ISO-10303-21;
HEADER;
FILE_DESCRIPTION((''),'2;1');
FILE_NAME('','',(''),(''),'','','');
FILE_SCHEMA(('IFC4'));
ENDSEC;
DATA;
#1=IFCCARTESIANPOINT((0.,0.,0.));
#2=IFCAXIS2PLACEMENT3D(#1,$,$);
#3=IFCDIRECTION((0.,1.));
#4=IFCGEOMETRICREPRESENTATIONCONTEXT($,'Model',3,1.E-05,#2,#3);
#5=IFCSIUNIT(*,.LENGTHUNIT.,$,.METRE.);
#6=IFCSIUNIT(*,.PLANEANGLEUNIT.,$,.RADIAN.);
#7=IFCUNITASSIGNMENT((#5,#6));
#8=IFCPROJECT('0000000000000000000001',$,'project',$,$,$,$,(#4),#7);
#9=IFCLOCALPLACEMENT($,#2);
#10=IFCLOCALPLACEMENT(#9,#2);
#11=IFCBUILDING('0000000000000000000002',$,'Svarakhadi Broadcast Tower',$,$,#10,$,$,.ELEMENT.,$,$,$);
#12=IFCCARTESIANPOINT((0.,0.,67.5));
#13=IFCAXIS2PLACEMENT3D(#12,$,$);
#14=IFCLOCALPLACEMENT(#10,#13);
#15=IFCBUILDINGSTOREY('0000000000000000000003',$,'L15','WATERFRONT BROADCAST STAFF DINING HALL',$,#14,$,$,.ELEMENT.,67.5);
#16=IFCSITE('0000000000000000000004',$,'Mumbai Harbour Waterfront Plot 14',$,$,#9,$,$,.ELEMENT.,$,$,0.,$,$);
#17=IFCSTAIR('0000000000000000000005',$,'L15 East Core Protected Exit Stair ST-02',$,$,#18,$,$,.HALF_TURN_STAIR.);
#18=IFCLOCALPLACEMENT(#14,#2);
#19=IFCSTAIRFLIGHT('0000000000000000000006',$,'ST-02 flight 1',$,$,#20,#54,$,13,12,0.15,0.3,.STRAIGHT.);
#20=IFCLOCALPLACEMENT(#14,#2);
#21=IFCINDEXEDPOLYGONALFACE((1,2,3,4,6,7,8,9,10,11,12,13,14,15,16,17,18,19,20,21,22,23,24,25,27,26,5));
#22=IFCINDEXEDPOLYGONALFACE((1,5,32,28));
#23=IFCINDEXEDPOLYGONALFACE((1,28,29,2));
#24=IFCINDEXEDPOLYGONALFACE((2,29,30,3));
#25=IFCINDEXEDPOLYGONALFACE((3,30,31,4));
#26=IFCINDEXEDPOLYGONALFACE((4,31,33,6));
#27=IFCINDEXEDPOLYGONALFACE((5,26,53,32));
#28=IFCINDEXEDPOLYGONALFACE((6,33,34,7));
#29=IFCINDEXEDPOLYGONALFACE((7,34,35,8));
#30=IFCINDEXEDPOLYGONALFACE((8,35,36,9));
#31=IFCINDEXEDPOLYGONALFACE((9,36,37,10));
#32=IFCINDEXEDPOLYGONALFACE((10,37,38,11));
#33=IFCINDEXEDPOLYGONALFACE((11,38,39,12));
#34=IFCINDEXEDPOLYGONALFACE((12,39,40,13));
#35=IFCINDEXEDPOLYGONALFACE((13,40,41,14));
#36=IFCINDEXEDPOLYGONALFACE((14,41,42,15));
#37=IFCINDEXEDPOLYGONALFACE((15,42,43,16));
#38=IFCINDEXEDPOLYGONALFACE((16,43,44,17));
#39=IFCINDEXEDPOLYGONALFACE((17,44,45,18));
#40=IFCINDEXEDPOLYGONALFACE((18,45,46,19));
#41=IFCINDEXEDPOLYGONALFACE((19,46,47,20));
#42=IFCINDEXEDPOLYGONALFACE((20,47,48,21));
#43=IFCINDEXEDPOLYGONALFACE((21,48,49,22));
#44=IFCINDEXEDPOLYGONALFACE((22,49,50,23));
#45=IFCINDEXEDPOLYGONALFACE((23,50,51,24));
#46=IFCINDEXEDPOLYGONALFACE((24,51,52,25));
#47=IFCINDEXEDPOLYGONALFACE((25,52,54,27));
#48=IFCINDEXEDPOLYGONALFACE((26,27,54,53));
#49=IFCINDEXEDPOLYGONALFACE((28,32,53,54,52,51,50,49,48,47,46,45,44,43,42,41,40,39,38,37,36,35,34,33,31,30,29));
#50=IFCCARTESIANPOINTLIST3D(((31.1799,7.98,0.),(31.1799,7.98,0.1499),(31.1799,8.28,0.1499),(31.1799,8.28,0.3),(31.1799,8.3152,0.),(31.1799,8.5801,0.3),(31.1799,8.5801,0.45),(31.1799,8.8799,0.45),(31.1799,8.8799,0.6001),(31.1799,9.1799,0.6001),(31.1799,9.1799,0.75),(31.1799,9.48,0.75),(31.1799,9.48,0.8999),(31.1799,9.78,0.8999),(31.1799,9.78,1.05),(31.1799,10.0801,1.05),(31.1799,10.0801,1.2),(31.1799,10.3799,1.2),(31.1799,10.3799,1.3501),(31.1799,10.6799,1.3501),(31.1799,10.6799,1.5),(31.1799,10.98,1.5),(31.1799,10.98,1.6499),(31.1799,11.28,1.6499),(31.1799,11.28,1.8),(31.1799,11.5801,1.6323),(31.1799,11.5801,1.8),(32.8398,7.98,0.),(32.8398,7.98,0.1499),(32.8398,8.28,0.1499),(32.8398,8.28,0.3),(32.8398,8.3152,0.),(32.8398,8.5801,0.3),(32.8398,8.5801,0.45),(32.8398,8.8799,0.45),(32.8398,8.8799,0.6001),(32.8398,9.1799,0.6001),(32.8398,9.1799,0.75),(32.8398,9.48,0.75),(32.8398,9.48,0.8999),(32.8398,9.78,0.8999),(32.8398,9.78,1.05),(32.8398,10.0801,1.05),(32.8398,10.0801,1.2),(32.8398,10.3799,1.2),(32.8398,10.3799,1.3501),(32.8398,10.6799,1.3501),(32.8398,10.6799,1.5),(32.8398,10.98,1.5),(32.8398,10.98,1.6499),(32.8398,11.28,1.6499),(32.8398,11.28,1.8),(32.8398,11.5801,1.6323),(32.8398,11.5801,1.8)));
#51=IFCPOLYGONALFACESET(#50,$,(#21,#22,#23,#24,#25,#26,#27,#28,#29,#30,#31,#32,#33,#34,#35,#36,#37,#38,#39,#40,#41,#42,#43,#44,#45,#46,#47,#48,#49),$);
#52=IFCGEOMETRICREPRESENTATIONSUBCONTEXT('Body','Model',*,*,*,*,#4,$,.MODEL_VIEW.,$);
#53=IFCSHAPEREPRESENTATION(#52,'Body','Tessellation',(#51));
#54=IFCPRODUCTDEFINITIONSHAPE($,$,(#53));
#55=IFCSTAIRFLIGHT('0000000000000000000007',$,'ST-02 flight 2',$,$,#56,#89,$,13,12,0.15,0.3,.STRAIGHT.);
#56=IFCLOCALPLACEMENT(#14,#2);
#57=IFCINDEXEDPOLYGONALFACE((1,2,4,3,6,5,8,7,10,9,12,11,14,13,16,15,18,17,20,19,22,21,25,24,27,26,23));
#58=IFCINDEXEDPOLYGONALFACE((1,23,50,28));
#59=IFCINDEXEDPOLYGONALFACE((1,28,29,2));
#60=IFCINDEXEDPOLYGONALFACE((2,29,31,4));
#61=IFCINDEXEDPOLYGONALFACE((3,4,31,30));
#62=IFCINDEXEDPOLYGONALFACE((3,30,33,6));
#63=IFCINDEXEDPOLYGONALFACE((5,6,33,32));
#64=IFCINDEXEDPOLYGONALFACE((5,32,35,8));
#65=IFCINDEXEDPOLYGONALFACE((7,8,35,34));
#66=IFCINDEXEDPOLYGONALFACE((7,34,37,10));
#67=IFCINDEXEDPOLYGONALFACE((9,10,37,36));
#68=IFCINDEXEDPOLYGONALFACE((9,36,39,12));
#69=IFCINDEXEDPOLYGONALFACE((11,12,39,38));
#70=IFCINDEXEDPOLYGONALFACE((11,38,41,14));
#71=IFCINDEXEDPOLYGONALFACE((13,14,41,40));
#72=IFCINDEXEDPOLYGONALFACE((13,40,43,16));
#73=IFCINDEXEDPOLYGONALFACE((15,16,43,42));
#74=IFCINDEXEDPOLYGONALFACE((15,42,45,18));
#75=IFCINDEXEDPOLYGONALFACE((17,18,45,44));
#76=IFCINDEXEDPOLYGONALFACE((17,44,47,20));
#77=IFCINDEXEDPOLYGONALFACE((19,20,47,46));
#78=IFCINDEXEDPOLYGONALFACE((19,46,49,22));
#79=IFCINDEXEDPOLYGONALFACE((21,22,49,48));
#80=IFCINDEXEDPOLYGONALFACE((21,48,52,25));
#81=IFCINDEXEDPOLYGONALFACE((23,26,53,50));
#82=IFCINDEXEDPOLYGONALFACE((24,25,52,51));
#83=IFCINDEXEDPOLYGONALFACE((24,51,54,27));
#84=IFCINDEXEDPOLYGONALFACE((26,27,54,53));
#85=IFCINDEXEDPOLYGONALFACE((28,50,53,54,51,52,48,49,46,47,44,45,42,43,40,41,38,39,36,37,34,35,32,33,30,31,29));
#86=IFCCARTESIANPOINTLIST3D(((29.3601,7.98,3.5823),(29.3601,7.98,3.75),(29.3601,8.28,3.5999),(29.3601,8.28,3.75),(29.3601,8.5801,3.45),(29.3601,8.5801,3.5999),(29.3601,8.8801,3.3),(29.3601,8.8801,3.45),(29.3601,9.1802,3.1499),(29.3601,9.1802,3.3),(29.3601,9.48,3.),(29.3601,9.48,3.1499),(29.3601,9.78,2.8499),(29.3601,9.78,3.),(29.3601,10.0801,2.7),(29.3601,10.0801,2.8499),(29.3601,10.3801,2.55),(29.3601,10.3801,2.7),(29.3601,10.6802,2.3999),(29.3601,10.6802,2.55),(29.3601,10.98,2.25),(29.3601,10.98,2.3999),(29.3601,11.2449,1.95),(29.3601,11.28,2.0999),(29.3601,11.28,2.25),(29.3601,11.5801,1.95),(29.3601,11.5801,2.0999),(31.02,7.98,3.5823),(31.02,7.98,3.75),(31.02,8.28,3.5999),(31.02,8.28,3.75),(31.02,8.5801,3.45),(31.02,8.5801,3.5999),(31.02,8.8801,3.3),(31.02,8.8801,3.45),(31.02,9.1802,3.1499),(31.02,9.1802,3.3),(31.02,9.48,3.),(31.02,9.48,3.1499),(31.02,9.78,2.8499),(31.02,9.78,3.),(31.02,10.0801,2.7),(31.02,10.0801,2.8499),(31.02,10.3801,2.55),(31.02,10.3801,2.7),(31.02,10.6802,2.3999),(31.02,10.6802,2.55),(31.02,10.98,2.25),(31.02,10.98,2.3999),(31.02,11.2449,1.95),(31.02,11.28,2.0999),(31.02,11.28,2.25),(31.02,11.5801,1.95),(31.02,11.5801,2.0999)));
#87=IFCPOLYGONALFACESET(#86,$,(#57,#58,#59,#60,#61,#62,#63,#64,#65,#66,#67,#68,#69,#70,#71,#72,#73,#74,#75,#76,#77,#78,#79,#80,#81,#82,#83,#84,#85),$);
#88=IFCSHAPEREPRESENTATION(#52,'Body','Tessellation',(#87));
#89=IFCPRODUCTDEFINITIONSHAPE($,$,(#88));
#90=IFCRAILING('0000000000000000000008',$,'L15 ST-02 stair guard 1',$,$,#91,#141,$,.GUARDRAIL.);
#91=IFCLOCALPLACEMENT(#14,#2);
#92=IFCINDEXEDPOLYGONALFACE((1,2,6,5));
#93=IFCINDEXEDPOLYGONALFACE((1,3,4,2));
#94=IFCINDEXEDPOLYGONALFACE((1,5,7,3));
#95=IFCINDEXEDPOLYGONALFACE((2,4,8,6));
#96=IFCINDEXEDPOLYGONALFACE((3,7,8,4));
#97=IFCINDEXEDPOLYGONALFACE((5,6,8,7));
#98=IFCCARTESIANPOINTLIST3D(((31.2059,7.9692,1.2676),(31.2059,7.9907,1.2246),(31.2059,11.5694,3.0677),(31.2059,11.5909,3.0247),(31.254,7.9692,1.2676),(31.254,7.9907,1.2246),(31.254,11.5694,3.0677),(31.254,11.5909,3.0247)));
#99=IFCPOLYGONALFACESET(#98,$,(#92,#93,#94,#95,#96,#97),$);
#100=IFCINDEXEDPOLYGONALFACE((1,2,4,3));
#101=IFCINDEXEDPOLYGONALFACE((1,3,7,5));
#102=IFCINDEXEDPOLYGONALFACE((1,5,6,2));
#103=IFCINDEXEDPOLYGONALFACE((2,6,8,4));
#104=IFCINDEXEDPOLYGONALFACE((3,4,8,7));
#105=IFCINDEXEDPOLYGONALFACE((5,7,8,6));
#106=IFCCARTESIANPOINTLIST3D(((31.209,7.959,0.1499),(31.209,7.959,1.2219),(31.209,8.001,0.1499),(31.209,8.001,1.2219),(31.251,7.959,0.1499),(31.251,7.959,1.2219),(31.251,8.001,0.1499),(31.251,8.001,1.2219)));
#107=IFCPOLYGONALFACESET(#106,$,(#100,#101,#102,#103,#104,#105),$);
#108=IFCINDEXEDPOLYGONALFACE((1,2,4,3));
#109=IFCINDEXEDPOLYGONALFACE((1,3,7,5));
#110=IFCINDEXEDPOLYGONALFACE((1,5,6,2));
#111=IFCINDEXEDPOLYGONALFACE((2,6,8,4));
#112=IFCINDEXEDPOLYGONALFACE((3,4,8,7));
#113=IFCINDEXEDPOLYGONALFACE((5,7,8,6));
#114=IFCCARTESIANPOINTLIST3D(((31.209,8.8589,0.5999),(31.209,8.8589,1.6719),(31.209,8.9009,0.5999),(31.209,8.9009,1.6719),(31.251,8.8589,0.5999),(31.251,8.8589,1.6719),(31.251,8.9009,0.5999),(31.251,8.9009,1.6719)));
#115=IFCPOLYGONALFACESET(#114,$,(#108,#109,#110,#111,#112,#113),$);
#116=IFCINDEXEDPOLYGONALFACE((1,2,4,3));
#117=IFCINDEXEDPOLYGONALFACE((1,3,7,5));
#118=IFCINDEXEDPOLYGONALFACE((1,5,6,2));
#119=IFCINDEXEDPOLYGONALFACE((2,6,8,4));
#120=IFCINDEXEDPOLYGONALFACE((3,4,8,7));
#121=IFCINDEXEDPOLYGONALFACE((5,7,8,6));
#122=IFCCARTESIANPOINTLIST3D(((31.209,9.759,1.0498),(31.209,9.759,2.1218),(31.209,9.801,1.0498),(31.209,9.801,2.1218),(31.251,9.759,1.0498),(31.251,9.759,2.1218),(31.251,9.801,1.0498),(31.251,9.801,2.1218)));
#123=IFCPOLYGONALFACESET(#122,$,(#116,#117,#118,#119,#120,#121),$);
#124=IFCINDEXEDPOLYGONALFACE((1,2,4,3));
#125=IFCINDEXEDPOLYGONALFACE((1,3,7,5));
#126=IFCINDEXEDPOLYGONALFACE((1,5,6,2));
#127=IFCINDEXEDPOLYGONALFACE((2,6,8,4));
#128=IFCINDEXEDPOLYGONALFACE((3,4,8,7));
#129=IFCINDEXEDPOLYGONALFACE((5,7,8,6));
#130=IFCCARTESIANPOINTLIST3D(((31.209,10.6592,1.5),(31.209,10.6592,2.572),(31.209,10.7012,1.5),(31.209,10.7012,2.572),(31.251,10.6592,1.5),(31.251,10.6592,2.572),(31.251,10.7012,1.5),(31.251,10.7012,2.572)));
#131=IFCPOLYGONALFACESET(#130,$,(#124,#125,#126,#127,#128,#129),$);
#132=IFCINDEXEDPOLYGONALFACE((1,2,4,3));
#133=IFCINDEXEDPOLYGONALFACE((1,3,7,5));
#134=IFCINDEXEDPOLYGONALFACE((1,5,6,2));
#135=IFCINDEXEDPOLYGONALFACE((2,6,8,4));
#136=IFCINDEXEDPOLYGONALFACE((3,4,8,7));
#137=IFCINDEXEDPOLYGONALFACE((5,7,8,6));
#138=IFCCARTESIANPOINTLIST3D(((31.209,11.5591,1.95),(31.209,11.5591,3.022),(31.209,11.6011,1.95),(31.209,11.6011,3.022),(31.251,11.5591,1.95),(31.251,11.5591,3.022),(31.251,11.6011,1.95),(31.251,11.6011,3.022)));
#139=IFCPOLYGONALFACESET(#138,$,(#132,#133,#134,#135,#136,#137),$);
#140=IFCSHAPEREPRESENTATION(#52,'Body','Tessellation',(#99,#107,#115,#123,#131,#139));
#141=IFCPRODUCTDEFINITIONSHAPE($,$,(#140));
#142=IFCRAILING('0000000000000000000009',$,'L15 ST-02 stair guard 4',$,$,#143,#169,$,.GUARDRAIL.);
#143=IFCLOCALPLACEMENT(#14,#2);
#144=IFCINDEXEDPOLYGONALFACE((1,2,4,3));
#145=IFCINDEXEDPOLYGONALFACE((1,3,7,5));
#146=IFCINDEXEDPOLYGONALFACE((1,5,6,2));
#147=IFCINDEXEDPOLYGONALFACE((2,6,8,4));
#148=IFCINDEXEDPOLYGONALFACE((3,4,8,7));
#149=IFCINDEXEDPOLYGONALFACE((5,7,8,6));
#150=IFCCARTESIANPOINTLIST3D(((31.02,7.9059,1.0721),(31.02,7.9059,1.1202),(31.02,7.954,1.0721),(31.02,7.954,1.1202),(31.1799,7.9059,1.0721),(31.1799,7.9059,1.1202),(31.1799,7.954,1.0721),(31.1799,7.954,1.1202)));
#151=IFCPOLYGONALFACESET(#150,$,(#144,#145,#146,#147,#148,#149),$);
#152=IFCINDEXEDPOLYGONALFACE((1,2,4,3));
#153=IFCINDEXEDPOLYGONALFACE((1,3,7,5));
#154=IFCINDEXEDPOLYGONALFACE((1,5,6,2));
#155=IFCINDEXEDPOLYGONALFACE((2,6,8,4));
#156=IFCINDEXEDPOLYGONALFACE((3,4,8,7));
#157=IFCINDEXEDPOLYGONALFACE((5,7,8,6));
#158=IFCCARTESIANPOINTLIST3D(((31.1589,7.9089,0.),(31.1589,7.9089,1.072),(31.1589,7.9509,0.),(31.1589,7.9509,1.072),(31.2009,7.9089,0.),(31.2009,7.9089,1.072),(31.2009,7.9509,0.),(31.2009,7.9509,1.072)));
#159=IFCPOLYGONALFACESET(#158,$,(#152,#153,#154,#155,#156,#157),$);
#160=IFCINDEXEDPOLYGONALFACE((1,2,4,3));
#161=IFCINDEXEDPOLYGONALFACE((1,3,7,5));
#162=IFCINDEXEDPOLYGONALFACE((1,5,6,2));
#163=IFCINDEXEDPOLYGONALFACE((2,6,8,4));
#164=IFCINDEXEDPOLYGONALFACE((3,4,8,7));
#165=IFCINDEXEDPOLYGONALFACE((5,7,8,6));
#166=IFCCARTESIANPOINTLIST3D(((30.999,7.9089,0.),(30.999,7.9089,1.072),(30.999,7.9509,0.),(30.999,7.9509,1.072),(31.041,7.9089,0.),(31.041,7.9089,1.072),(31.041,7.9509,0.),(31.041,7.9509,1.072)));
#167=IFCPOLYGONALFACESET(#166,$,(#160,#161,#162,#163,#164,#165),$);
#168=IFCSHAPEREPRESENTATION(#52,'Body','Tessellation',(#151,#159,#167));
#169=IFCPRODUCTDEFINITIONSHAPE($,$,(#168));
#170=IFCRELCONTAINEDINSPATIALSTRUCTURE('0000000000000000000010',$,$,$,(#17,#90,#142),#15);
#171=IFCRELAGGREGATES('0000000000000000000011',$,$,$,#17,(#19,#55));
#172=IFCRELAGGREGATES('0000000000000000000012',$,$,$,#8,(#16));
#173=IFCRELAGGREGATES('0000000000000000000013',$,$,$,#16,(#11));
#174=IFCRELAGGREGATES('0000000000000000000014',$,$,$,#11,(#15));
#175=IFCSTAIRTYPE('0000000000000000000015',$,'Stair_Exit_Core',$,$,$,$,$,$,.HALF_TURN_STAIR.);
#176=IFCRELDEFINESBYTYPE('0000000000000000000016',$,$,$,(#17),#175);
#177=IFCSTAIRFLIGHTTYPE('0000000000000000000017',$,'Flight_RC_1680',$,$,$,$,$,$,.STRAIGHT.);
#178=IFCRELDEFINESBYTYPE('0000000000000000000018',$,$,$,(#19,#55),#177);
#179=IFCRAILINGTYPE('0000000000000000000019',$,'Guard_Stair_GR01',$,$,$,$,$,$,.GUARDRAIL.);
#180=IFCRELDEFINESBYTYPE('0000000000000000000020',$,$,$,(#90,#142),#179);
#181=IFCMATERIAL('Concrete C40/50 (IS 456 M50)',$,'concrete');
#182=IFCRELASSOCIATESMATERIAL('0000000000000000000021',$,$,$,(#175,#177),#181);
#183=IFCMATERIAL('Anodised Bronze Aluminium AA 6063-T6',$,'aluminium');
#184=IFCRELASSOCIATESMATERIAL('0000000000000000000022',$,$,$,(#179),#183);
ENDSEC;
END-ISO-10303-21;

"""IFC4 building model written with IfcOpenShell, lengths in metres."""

from ifc_helpers import new_model, si_unit, direction, frame, origin, origin_2d, place, context, subcontext, project, spatial, polyline, rectangle, outline, extrude, material, type_object, element, aggregate, save


model = new_model("IFC4")

# Units and contexts
model_context = context("Model", 3, precision=1e-05, world=origin(), true_north=direction((0.0, 1.0)))
body_context = subcontext(model_context, "Body", "Model", "MODEL_VIEW")
ifc_project = project(units=[si_unit("LENGTHUNIT", "METRE"), si_unit("PLANEANGLEUNIT", "RADIAN")], contexts=[model_context])

# Site, building, storey
site_placement = place(None, origin())
site = spatial("IfcSite", under=ifc_project, at=site_placement, Name="Mumbai Harbour Waterfront Plot 14", CompositionType="ELEMENT", RefElevation=0.0)
building_placement = place(site_placement, origin())
building = spatial("IfcBuilding", under=site, at=building_placement, Name="Svarakhadi Broadcast Tower", CompositionType="ELEMENT")
storey_placement = place(building_placement, frame((0.0, 0.0, 67.5)))
storey = spatial("IfcBuildingStorey", under=building, at=storey_placement, Name="L15", Description="WATERFRONT BROADCAST STAFF DINING HALL", CompositionType="ELEMENT", Elevation=67.5)

# Shared definitions
ifc_material_1 = material(Name="Anodised Bronze Aluminium AA 6063-T6", Category="aluminium")

# Shared definitions
ifc_material_2 = material(Name="Concrete C40/50 (IS 456 M50)", Category="concrete")

# Stair, stair flights
stair_type = type_object("IfcStairType", Name="Stair_Exit_Core", PredefinedType="HALF_TURN_STAIR", material=ifc_material_2)
stair_placement = place(storey_placement, origin())
stair = element("IfcStair", 1, at=stair_placement, inside=storey, type_object=stair_type, Name="L15 East Core Protected Exit Stair ST-02", PredefinedType="HALF_TURN_STAIR")
stair_flight_type = type_object("IfcStairFlightType", Name="Flight_RC_1680", PredefinedType="STRAIGHT", material=ifc_material_2)
stair_flight_1_placement = place(storey_placement, frame((32.01, 7.98, 0.0), z_axis=(0.0, 0.0, 1.0), x_axis=(0.0, 1.0, 0.0)))
stair_flight_1 = element("IfcStairFlight", 2, at=stair_flight_1_placement, type_object=stair_flight_type, Name="ST-02 flight 1", NumberOfRisers=13, NumberOfTreads=12, PredefinedType="STRAIGHT", RiserHeight=0.15, TreadLength=0.3, context=body_context, shape_type="SweptSolid", body=[
    extrude(outline(polyline([(0.0, 0.0), (0.0, 0.1499), (0.3, 0.1499), (0.3, 0.3), (0.6001, 0.3), (0.6001, 0.45), (0.8999, 0.45), (0.8999, 0.6001), (1.2, 0.6001), (1.2, 0.75), (1.5, 0.75), (1.5, 0.8999), (1.8, 0.8999), (1.8, 1.05), (2.1001, 1.05), (2.1001, 1.2), (2.3999, 1.2), (2.3999, 1.3501), (2.7, 1.3501), (2.7, 1.5), (3.0, 1.5), (3.0, 1.6499), (3.3, 1.6499), (3.3, 1.8), (3.6001, 1.8), (3.6001, 1.95), (3.6001, 1.6323), (0.3352, 0.0), (0.0, 0.0)])), frame((0.0, 0.8301, 0.0), z_axis=(0.0, -1.0, 0.0), x_axis=(1.0, 0.0, 0.0)), (0.0, 0.0, 1.0), 1.6599),
])
stair_flight_2_placement = place(storey_placement, frame((30.1899, 11.5801, 1.95), z_axis=(0.0, 0.0, 1.0), x_axis=(0.0, -1.0, 0.0)))
stair_flight_2 = element("IfcStairFlight", 3, at=stair_flight_2_placement, type_object=stair_flight_type, Name="ST-02 flight 2", NumberOfRisers=13, NumberOfTreads=12, PredefinedType="STRAIGHT", RiserHeight=0.15, TreadLength=0.3, context=body_context, shape_type="SweptSolid", body=[
    extrude(outline(polyline([(0.0, 0.0), (0.0, 0.1499), (0.3, 0.1499), (0.3, 0.3), (0.6001, 0.3), (0.6001, 0.45), (0.8999, 0.45), (0.8999, 0.6001), (1.2, 0.6001), (1.2, 0.75), (1.5, 0.75), (1.5, 0.8999), (1.8, 0.8999), (1.8, 1.05), (2.1001, 1.05), (2.1001, 1.2), (2.3999, 1.2), (2.3999, 1.3501), (2.7, 1.3501), (2.7, 1.5), (3.0, 1.5), (3.0, 1.6499), (3.3, 1.6499), (3.3, 1.8), (3.6001, 1.8), (3.6001, 1.95), (3.6001, 1.6323), (0.3352, 0.0), (0.0, 0.0)])), frame((0.0, 0.8301, 0.0), z_axis=(0.0, -1.0, 0.0), x_axis=(1.0, 0.0, 0.0)), (0.0, 0.0, 1.0), 1.6599),
])
aggregate(stair, [stair_flight_1, stair_flight_2])

# Railings
railing_type_1 = type_object("IfcRailingType", Name="Guard_Stair_GR01", PredefinedType="GUARDRAIL", material=ifc_material_1)
railing_1_placement = place(storey_placement, frame((31.23, 7.98, 0.1499)))
element("IfcRailing", 4, at=railing_1_placement, inside=storey, type_object=railing_type_1, Name="L15 ST-02 stair guard 1", PredefinedType="GUARDRAIL", context=body_context, shape_type="SweptSolid", body=[
    extrude(rectangle(XDim=0.0481, YDim=0.0481, at=origin_2d()), frame((0.0, 0.0, 1.0962), z_axis=(0.0, 0.894427, 0.447214), x_axis=(-1.0, 0.0, 0.0)), (0.0, 0.0, 1.0), 4.0251),
    extrude(rectangle(XDim=0.042, YDim=0.042, at=origin_2d()), origin(), (0.0, 0.0, 1.0), 1.072),
    extrude(rectangle(XDim=0.042, YDim=0.042, at=origin_2d()), frame((0.0, 0.8999, 0.45)), (0.0, 0.0, 1.0), 1.072),
    extrude(rectangle(XDim=0.042, YDim=0.042, at=origin_2d()), frame((0.0, 1.8, 0.8999)), (0.0, 0.0, 1.0), 1.072),
    extrude(rectangle(XDim=0.042, YDim=0.042, at=origin_2d()), frame((0.0, 2.7002, 1.3501)), (0.0, 0.0, 1.0), 1.072),
    extrude(rectangle(XDim=0.042, YDim=0.042, at=origin_2d()), frame((0.0, 3.6001, 1.8)), (0.0, 0.0, 1.0), 1.072),
])
railing_2_placement = place(storey_placement, frame((31.1799, 7.9299, 0.0)))
element("IfcRailing", 5, at=railing_2_placement, inside=storey, type_object=railing_type_1, Name="L15 ST-02 stair guard 4", PredefinedType="GUARDRAIL", context=body_context, shape_type="SweptSolid", body=[
    extrude(rectangle(XDim=0.0481, YDim=0.0481, at=origin_2d()), frame((0.0, 0.0, 1.0962), z_axis=(-1.0, 0.0, 0.0), x_axis=(0.0, -1.0, 0.0)), (0.0, 0.0, 1.0), 0.1599),
    extrude(rectangle(XDim=0.042, YDim=0.042, at=origin_2d()), origin(), (0.0, 0.0, 1.0), 1.072),
    extrude(rectangle(XDim=0.042, YDim=0.042, at=origin_2d()), frame((-0.1599, 0.0, 0.0)), (0.0, 0.0, 1.0), 1.072),
])

save(model, "model.ifc")
